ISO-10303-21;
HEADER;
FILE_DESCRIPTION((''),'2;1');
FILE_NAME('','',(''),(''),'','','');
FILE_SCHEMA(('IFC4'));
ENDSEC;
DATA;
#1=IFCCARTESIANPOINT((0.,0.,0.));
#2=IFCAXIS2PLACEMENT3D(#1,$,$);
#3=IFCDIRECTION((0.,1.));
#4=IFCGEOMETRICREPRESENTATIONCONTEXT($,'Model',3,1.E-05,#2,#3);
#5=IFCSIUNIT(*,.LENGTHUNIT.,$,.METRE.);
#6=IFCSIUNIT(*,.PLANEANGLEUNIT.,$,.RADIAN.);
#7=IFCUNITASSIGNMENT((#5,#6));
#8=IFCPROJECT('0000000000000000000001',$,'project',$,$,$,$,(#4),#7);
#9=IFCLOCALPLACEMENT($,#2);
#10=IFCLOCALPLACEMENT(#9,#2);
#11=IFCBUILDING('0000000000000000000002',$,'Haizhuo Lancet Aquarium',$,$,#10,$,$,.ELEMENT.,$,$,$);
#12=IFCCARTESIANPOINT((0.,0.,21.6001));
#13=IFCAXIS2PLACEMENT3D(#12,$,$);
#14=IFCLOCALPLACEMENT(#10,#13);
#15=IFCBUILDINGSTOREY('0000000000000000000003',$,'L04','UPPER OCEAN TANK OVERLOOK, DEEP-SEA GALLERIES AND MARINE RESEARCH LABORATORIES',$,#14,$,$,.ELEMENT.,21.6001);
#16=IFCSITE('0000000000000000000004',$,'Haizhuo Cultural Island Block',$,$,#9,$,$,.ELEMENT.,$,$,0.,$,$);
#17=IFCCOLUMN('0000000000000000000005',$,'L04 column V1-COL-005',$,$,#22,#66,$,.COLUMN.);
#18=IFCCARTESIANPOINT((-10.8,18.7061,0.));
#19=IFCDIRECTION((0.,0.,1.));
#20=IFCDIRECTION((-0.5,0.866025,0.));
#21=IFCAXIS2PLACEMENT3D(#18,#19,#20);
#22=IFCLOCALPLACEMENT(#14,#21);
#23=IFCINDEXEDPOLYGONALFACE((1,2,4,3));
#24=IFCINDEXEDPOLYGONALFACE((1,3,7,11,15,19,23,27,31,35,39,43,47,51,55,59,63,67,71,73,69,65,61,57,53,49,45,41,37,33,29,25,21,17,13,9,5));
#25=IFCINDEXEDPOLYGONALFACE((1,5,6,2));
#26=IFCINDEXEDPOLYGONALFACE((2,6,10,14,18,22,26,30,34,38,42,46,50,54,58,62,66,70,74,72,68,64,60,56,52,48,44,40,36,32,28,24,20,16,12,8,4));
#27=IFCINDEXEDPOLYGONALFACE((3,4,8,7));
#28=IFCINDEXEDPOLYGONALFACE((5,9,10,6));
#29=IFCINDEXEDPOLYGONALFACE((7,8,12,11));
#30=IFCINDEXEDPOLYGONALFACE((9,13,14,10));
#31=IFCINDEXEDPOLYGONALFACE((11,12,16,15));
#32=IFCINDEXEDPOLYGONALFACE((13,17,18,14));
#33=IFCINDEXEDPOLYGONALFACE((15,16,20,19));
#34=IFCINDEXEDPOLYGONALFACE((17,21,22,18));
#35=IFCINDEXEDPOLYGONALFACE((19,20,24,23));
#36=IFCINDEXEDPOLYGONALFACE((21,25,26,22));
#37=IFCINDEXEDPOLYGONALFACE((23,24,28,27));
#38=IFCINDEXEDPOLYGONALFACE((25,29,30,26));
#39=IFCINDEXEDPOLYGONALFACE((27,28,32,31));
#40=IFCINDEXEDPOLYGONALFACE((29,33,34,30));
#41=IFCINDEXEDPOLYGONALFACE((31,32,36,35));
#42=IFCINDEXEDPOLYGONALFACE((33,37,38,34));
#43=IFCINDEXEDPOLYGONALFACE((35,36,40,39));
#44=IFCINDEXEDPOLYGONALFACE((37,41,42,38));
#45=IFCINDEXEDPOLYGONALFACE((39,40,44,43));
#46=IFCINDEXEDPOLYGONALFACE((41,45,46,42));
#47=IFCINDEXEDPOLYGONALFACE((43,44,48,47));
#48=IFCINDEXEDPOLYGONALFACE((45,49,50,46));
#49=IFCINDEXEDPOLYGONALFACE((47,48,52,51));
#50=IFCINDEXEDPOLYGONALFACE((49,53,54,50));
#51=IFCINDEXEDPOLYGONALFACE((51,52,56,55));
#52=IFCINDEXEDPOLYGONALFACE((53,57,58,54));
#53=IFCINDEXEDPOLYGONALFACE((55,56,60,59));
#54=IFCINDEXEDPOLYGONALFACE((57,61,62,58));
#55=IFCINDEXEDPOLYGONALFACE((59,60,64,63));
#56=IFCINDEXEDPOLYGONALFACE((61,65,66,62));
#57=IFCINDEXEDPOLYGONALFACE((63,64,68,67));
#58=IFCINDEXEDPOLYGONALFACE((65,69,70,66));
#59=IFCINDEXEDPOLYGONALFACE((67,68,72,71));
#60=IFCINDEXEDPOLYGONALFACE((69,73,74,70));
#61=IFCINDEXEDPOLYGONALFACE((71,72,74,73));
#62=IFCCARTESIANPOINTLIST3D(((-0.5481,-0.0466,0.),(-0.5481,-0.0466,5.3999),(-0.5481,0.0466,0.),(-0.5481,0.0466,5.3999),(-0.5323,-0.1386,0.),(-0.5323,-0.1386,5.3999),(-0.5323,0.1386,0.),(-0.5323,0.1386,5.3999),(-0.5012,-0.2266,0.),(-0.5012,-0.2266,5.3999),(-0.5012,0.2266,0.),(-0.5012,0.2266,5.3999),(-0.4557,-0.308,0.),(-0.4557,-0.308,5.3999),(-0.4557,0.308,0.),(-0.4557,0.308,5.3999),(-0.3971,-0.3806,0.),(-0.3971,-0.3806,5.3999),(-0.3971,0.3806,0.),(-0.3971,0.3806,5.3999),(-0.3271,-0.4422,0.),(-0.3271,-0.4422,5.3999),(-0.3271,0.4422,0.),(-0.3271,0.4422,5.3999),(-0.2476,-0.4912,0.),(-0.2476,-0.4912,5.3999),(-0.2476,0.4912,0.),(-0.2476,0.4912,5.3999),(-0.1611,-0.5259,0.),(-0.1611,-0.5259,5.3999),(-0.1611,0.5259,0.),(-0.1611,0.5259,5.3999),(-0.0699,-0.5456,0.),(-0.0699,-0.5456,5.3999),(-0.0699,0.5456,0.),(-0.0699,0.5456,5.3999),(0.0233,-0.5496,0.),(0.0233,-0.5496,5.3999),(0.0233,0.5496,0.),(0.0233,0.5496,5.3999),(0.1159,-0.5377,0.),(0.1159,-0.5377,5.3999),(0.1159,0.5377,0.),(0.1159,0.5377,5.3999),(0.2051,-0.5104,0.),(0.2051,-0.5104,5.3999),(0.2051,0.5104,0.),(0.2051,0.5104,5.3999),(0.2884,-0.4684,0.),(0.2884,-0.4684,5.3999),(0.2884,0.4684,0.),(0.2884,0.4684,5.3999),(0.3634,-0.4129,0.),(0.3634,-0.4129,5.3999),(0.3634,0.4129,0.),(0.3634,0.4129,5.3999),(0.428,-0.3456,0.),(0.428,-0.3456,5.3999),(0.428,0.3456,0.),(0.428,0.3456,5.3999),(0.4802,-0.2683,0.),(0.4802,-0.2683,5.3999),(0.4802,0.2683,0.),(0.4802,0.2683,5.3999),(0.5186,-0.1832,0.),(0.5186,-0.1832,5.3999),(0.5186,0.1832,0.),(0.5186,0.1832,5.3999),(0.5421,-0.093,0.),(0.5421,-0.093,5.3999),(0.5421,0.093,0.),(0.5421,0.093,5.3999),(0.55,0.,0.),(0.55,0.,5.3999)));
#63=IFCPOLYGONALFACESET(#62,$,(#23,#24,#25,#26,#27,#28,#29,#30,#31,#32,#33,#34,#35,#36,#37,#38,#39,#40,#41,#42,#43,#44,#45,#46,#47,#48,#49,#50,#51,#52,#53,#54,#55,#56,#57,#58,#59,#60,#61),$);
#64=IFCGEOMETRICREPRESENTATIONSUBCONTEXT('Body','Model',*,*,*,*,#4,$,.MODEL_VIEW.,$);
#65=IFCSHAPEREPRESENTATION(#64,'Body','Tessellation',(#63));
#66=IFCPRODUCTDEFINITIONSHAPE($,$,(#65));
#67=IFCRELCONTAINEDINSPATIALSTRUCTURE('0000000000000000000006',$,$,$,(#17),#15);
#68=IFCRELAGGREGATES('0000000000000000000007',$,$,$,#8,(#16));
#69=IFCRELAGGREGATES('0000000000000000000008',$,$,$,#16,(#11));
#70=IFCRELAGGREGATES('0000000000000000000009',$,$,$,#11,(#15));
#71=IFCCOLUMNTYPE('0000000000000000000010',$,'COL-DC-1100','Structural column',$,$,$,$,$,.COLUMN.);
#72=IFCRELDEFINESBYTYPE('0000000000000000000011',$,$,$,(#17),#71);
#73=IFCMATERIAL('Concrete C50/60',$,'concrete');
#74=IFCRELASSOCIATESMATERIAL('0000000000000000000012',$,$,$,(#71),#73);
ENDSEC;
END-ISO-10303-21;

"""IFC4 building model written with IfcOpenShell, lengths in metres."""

from ifc_helpers import new_model, si_unit, direction, frame, origin, origin_2d, place, context, subcontext, project, spatial, circle, extrude, material, material_profile, profile_set, type_object, element, save


model = new_model("IFC4")

# Units and contexts
model_context = context("Model", 3, precision=1e-05, world=origin(), true_north=direction((0.0, 1.0)))
body_context = subcontext(model_context, "Body", "Model", "MODEL_VIEW")
ifc_project = project(units=[si_unit("LENGTHUNIT", "METRE"), si_unit("PLANEANGLEUNIT", "RADIAN")], contexts=[model_context])

# Site, building, storey
site_placement = place(None, origin())
site = spatial("IfcSite", under=ifc_project, at=site_placement, Name="Haizhuo Cultural Island Block", CompositionType="ELEMENT", RefElevation=0.0)
building_placement = place(site_placement, origin())
building = spatial("IfcBuilding", under=site, at=building_placement, Name="Haizhuo Lancet Aquarium", CompositionType="ELEMENT")
storey_placement = place(building_placement, frame((0.0, 0.0, 21.6001)))
storey = spatial("IfcBuildingStorey", under=building, at=storey_placement, Name="L04", Description="UPPER OCEAN TANK OVERLOOK, DEEP-SEA GALLERIES AND MARINE RESEARCH LABORATORIES", CompositionType="ELEMENT", Elevation=21.6001)

# Column
ifc_material_1 = material(Name="Concrete C50/60", Category="concrete")
ifc_material_profile_1 = material_profile(ifc_material_1, circle(Radius=0.55, at=origin_2d()), Name="RC-DC 1100")
ifc_profile_set_1 = profile_set([ifc_material_profile_1], Name="Concrete C50/60")
column_type = type_object("IfcColumnType", Name="COL-DC-1100", Description="Structural column", PredefinedType="COLUMN", material=ifc_profile_set_1)
column_placement = place(storey_placement, frame((-10.8, 18.7061, 0.0), z_axis=(0.0, 0.0, 1.0), x_axis=(-0.5, 0.866025, 0.0)))
element("IfcColumn", 1, at=column_placement, inside=storey, type_object=column_type, Name="L04 column V1-COL-005", PredefinedType="COLUMN", context=body_context, shape_type="SweptSolid", body=[
    extrude(circle(Radius=0.55, at=origin_2d()), origin(), (0.0, 0.0, 1.0), 5.3999),
])

save(model, "model.ifc")
